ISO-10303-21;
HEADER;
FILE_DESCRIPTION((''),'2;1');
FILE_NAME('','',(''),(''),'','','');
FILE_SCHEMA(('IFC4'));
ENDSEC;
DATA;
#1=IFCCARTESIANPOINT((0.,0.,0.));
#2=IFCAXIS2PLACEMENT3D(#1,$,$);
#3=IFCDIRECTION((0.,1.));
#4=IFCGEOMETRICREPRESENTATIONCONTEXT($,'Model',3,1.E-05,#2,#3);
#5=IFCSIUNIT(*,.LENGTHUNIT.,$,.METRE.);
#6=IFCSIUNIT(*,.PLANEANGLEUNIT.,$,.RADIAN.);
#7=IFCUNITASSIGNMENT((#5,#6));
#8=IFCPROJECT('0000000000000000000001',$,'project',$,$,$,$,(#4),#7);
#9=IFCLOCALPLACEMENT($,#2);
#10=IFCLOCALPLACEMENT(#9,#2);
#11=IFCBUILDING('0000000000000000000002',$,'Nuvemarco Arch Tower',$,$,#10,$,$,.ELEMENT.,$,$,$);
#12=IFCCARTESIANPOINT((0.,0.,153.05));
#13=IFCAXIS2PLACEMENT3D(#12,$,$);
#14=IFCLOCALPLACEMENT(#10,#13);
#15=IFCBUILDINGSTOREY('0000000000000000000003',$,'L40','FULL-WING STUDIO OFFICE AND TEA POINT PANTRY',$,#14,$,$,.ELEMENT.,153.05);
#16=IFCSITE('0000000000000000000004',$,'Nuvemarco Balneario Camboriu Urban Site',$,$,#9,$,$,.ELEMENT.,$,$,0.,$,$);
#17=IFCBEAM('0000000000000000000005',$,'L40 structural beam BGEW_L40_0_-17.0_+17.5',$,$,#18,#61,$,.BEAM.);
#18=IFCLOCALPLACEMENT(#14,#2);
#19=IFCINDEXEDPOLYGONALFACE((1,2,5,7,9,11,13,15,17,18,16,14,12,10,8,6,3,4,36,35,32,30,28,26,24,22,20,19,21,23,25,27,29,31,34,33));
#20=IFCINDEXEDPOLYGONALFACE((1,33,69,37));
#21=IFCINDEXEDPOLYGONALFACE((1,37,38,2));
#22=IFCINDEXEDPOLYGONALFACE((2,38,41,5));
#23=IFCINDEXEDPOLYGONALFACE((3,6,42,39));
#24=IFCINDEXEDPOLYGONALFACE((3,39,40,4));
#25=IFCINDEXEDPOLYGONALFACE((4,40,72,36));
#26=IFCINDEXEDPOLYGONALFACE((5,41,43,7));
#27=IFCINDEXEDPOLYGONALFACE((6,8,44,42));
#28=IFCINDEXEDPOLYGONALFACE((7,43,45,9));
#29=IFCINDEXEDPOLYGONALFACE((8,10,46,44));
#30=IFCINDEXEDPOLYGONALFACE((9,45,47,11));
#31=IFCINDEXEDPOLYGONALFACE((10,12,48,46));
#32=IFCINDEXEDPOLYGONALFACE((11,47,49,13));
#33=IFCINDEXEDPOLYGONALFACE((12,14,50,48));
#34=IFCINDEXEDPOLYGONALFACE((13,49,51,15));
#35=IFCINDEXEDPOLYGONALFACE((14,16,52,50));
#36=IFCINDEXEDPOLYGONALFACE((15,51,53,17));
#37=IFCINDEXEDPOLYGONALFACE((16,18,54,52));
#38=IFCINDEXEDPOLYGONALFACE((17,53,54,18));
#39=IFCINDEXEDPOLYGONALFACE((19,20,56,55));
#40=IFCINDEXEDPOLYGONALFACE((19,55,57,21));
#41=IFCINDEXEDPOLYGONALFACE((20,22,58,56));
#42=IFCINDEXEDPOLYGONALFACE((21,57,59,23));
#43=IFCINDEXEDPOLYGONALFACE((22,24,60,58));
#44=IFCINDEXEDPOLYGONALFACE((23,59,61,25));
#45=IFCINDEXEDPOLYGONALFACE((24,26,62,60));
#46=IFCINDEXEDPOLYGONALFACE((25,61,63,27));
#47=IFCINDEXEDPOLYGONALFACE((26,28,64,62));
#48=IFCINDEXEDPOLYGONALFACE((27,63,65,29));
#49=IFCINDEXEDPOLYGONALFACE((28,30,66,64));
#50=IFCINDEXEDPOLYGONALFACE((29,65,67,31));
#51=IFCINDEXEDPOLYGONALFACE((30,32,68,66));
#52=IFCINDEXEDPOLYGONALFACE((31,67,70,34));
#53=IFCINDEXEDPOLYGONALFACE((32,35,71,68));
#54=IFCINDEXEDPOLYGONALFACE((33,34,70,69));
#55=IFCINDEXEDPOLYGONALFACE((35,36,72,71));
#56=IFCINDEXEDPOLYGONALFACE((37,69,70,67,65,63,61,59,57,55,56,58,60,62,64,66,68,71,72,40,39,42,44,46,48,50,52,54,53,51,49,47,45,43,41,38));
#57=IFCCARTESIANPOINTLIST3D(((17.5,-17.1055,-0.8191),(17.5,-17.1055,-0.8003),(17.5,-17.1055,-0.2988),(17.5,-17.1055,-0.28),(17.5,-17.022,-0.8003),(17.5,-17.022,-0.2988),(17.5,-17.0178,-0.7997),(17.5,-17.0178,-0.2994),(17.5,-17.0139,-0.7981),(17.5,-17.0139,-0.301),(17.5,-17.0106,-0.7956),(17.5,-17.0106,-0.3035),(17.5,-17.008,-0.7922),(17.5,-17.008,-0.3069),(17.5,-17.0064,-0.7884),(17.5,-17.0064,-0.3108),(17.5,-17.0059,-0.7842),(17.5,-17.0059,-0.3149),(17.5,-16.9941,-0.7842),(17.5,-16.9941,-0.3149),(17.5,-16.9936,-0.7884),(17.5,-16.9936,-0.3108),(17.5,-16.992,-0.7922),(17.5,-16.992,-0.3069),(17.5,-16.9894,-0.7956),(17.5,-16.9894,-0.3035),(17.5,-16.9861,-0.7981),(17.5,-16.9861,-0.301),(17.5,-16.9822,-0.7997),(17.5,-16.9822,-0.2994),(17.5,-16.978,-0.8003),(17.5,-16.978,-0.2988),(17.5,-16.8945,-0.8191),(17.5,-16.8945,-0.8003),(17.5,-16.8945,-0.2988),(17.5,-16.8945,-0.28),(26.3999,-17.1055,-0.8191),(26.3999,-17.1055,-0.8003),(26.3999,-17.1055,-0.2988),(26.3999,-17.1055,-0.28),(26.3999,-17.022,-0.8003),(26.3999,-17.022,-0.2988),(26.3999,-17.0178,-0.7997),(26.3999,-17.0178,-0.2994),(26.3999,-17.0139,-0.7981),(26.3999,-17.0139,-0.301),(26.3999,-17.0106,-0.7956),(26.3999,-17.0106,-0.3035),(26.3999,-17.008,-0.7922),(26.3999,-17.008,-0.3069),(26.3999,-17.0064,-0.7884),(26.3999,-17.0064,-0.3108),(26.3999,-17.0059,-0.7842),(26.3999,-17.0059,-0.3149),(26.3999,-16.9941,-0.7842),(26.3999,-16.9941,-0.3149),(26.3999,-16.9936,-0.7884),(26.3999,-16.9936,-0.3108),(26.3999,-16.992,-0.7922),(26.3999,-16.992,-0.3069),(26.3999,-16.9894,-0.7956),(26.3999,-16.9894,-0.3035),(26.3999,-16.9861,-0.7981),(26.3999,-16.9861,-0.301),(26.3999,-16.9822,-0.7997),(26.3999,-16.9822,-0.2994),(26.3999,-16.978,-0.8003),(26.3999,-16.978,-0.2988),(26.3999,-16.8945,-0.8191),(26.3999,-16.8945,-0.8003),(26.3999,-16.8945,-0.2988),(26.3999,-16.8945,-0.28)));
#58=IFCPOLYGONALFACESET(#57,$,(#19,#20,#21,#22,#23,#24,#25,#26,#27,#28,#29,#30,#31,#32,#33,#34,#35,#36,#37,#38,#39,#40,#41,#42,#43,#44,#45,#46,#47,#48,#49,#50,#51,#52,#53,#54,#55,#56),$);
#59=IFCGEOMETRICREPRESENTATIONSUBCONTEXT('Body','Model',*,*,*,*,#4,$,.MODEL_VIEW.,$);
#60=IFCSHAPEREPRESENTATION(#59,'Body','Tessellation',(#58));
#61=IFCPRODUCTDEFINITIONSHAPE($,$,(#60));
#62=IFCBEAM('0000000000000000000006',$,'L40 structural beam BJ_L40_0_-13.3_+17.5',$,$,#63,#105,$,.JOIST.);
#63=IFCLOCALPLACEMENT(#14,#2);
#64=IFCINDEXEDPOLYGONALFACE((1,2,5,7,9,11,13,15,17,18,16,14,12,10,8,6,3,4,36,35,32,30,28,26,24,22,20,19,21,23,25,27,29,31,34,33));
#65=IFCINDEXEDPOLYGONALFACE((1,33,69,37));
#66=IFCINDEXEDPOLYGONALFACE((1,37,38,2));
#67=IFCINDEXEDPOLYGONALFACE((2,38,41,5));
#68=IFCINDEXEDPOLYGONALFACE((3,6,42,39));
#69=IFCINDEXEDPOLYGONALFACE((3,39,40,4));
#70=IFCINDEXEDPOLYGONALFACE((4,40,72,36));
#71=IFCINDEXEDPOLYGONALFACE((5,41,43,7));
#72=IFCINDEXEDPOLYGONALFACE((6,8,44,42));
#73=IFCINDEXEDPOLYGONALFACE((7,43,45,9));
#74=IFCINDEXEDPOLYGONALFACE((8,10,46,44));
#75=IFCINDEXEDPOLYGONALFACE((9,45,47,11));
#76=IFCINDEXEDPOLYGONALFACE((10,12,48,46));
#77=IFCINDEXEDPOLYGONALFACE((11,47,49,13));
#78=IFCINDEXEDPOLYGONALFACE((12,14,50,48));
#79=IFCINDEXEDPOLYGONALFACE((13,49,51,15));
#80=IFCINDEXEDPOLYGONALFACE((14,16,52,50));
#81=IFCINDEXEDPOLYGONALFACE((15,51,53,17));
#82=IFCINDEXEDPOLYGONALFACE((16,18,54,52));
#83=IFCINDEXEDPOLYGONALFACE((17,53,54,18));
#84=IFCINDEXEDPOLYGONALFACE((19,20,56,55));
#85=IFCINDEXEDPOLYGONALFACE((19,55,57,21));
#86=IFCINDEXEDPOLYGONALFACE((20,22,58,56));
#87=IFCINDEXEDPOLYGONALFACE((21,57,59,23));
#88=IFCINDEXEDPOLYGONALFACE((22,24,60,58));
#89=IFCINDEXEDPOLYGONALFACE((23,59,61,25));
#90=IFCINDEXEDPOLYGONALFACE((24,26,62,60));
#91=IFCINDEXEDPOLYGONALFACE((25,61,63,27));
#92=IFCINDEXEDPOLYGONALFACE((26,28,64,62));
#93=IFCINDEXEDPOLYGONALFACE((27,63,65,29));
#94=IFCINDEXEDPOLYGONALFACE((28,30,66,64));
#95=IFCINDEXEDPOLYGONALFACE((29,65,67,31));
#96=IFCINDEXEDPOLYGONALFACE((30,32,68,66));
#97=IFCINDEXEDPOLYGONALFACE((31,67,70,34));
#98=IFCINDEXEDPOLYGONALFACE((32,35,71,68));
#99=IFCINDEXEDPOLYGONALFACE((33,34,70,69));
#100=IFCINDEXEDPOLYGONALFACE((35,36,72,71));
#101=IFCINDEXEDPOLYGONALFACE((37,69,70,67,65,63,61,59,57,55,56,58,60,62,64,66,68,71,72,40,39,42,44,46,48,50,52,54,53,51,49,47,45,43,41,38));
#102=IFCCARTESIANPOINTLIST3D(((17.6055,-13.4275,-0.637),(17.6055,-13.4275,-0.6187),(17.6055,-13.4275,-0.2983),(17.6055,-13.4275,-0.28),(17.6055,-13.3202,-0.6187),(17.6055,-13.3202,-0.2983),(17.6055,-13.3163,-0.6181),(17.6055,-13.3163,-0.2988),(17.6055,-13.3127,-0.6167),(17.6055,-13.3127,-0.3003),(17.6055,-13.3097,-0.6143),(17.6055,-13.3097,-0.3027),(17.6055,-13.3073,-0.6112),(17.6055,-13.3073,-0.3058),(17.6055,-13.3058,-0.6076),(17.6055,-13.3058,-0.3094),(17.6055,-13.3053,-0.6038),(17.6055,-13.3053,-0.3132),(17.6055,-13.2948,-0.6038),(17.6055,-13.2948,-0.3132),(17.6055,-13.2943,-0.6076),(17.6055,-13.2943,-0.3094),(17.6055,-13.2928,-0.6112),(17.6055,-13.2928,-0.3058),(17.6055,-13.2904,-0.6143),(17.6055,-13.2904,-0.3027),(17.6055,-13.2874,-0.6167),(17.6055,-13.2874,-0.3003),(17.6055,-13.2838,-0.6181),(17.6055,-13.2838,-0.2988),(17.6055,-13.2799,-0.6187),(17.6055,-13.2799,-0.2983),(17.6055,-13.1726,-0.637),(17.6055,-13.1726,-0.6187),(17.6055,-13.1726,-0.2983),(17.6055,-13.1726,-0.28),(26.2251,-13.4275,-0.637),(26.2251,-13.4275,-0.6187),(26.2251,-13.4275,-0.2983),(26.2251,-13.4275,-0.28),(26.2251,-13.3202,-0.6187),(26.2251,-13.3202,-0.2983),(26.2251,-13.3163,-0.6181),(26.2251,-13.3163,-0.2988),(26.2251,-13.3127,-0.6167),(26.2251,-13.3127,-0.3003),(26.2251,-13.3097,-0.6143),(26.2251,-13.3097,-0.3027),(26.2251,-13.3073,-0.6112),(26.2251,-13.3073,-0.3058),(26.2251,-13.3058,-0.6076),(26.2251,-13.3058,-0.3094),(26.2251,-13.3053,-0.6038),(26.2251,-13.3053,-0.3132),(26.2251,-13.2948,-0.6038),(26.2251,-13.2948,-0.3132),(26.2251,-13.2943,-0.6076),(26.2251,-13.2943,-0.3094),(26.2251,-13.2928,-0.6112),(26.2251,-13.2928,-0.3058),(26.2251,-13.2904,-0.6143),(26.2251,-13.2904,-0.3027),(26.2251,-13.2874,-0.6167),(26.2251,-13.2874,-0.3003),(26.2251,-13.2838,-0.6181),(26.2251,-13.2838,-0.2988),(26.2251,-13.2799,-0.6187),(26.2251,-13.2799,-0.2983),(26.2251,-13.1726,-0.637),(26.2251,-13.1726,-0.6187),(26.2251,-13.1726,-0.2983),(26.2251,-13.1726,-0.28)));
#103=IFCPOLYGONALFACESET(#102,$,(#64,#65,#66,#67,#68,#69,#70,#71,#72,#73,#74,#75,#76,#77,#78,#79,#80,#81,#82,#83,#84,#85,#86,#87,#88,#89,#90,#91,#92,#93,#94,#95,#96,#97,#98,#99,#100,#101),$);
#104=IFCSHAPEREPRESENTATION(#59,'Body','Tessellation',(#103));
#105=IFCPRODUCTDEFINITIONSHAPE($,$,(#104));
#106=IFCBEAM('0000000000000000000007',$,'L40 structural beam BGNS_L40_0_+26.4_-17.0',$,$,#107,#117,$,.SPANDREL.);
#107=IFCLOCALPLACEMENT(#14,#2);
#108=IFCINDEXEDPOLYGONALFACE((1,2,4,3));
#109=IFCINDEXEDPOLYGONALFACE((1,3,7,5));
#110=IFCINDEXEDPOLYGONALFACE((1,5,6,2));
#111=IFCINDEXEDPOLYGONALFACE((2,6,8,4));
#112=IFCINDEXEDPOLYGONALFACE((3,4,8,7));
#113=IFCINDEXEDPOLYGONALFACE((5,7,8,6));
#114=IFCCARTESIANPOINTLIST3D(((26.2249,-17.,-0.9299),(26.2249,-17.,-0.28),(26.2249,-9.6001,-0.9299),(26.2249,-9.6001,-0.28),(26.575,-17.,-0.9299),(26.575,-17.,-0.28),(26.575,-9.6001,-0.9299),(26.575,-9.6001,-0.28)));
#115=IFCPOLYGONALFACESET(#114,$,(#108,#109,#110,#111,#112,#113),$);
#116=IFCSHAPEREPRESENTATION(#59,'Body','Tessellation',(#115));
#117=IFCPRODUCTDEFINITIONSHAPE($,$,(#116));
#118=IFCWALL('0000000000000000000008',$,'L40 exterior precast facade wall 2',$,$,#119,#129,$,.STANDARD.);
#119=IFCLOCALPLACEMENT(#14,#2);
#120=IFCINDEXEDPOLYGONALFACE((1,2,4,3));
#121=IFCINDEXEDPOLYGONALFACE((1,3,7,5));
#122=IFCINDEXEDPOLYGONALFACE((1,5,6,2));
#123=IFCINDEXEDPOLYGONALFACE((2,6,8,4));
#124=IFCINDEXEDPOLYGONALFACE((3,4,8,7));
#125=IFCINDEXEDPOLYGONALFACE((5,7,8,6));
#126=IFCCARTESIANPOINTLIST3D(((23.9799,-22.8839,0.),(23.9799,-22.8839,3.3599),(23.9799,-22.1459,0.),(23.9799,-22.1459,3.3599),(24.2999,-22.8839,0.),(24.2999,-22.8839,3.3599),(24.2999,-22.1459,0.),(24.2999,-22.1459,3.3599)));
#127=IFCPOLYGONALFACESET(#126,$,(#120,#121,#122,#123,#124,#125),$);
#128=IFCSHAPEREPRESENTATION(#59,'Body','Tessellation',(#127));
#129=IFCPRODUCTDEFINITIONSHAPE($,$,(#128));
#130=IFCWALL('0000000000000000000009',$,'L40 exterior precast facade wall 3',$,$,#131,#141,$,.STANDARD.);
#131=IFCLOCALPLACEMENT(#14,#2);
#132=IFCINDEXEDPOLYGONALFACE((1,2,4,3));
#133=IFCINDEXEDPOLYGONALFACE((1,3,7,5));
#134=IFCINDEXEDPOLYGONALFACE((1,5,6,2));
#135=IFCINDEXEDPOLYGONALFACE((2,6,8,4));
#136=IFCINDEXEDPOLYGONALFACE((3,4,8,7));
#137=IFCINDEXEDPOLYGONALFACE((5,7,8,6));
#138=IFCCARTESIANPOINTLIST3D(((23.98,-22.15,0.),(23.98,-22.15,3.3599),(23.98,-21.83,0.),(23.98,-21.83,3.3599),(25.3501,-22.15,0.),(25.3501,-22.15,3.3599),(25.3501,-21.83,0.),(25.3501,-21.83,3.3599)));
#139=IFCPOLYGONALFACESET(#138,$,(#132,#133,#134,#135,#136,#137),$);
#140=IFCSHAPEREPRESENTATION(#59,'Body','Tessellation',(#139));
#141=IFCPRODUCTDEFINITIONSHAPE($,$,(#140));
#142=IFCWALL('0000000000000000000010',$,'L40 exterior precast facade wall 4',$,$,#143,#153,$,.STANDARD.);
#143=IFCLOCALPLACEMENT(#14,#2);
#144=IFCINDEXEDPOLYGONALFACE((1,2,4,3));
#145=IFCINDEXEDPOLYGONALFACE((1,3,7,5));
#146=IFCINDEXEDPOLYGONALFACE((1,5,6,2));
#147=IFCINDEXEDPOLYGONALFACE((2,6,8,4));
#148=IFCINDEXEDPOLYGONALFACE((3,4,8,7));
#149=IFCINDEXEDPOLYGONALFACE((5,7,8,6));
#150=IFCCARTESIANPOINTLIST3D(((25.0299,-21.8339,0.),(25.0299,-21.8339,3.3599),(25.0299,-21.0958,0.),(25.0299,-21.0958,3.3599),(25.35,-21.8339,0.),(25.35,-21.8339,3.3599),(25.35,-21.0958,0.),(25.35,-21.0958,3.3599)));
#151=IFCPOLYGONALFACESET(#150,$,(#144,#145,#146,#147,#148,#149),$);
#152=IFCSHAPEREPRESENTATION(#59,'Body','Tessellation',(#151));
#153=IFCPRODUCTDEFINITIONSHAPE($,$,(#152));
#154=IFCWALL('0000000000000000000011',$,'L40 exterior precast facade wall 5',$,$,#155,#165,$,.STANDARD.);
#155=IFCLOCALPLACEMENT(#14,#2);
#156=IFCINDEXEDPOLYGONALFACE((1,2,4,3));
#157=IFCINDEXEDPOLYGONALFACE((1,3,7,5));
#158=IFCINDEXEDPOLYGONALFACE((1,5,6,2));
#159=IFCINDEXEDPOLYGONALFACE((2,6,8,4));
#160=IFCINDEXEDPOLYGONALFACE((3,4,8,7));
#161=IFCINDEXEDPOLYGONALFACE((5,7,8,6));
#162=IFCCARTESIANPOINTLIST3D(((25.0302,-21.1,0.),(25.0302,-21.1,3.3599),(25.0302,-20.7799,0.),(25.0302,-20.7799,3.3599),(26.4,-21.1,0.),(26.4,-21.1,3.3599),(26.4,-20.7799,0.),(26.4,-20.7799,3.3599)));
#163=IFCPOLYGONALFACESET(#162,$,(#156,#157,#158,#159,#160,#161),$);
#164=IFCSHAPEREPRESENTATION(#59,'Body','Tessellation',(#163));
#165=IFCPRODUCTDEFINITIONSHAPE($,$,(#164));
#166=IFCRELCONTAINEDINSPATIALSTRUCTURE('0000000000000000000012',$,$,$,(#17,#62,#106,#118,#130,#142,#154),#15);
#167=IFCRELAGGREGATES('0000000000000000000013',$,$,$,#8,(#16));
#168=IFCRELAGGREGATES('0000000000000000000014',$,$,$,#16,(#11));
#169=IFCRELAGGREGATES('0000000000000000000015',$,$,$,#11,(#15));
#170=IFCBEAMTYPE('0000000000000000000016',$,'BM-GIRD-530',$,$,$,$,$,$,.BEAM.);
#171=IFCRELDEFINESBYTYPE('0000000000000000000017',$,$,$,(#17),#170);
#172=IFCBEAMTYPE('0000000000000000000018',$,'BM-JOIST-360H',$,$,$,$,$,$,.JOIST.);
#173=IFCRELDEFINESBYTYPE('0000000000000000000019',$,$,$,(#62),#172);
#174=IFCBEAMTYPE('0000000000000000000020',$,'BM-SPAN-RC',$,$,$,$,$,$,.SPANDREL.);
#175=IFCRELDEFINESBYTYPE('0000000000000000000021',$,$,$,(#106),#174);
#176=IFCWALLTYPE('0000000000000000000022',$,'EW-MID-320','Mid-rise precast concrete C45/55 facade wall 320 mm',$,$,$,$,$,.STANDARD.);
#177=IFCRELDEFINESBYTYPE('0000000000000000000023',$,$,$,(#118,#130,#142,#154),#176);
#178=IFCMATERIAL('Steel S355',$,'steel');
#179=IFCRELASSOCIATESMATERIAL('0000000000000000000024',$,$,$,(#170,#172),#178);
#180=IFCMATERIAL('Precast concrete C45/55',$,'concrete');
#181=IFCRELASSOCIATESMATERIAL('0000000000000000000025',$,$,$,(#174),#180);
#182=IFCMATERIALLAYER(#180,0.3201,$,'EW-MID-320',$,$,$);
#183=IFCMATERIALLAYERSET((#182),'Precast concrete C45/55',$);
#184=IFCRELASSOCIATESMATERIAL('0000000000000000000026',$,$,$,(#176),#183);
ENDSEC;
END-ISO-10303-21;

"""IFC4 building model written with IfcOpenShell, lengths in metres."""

from ifc_helpers import new_model, si_unit, direction, frame, frame_2d, origin, origin_2d, place, context, subcontext, project, spatial, rectangle, i_section, extrude, material, layer, layer_set, material_profile, profile_set, type_object, element, save


model = new_model("IFC4")

# Units and contexts
model_context = context("Model", 3, precision=1e-05, world=origin(), true_north=direction((0.0, 1.0)))
body_context = subcontext(model_context, "Body", "Model", "MODEL_VIEW")
ifc_project = project(units=[si_unit("LENGTHUNIT", "METRE"), si_unit("PLANEANGLEUNIT", "RADIAN")], contexts=[model_context])

# Site, building, storey
site_placement = place(None, origin())
site = spatial("IfcSite", under=ifc_project, at=site_placement, Name="Nuvemarco Balneario Camboriu Urban Site", CompositionType="ELEMENT", RefElevation=0.0)
building_placement = place(site_placement, origin())
building = spatial("IfcBuilding", under=site, at=building_placement, Name="Nuvemarco Arch Tower", CompositionType="ELEMENT")
storey_placement = place(building_placement, frame((0.0, 0.0, 153.05)))
storey = spatial("IfcBuildingStorey", under=building, at=storey_placement, Name="L40", Description="FULL-WING STUDIO OFFICE AND TEA POINT PANTRY", CompositionType="ELEMENT", Elevation=153.05)

# Shared definitions
ifc_material_1 = material(Name="Steel S355", Category="steel")

# Beams
ifc_material_profile_1 = material_profile(ifc_material_1, i_section(OverallWidth=0.2109, OverallDepth=0.5391, WebThickness=0.0117, FlangeThickness=0.0188, FilletRadius=0.0161, at=origin_2d()), Name="W530x109")
ifc_profile_set_1 = profile_set([ifc_material_profile_1], Name="Steel S355")
beam_type_1 = type_object("IfcBeamType", Name="BM-GIRD-530", PredefinedType="BEAM", material=ifc_profile_set_1)
beam_1_placement = place(storey_placement, frame((17.5, -17.0, -0.5496), z_axis=(1.0, 0.0, 0.0), x_axis=(0.0, 1.0, 0.0)))
element("IfcBeam", 1, at=beam_1_placement, inside=storey, type_object=beam_type_1, Name="L40 structural beam BGEW_L40_0_-17.0_+17.5", PredefinedType="BEAM", context=body_context, shape_type="SweptSolid", body=[
    extrude(i_section(OverallWidth=0.2109, OverallDepth=0.5391, WebThickness=0.0117, FlangeThickness=0.0188, FilletRadius=0.0161, at=origin_2d()), origin(), (0.0, 0.0, 1.0), 8.8999),
])
ifc_material_profile_2 = material_profile(ifc_material_1, i_section(OverallWidth=0.2549, OverallDepth=0.3569, WebThickness=0.0105, FlangeThickness=0.0183, FilletRadius=0.0149, at=origin_2d()), Name="W360x101")
ifc_profile_set_2 = profile_set([ifc_material_profile_2], Name="Steel S355")
beam_type_2 = type_object("IfcBeamType", Name="BM-JOIST-360H", PredefinedType="JOIST", material=ifc_profile_set_2)
beam_2_placement = place(storey_placement, frame((17.6055, -13.3, -0.4585), z_axis=(1.0, 0.0, 0.0), x_axis=(0.0, 1.0, 0.0)))
element("IfcBeam", 2, at=beam_2_placement, inside=storey, type_object=beam_type_2, Name="L40 structural beam BJ_L40_0_-13.3_+17.5", PredefinedType="JOIST", context=body_context, shape_type="SweptSolid", body=[
    extrude(i_section(OverallWidth=0.2549, OverallDepth=0.3569, WebThickness=0.0105, FlangeThickness=0.0183, FilletRadius=0.0149, at=origin_2d()), origin(), (0.0, 0.0, 1.0), 8.6196),
])
ifc_material_2 = material(Name="Precast concrete C45/55", Category="concrete")
ifc_material_profile_3 = material_profile(ifc_material_2, rectangle(XDim=0.3501, YDim=0.6499, at=origin_2d()), Name="PC-SP-350x650")
ifc_profile_set_3 = profile_set([ifc_material_profile_3], Name="Precast concrete C45/55")
beam_type_3 = type_object("IfcBeamType", Name="BM-SPAN-RC", PredefinedType="SPANDREL", material=ifc_profile_set_3)
beam_3_placement = place(storey_placement, frame((26.3999, -17.0, -0.605), z_axis=(0.0, 1.0, 0.0), x_axis=(-1.0, 0.0, 0.0)))
element("IfcBeam", 3, at=beam_3_placement, inside=storey, type_object=beam_type_3, Name="L40 structural beam BGNS_L40_0_+26.4_-17.0", PredefinedType="SPANDREL", context=body_context, shape_type="SweptSolid", body=[
    extrude(rectangle(XDim=0.3501, YDim=0.6499, at=origin_2d()), origin(), (0.0, 0.0, 1.0), 7.3999),
])

# Walls
ifc_layer_1 = layer(ifc_material_2, 0.3201, Name="EW-MID-320")
ifc_layer_set_1 = layer_set([ifc_layer_1], Name="Precast concrete C45/55")
wall_type_1 = type_object("IfcWallType", Name="EW-MID-320", Description="Mid-rise precast concrete C45/55 facade wall 320 mm", PredefinedType="STANDARD", material=ifc_layer_set_1)
wall_1_placement = place(storey_placement, frame((24.1399, -22.884, 0.0), z_axis=(0.0, 0.0, 1.0), x_axis=(0.0, 1.0, 0.0)))
element("IfcWall", 4, at=wall_1_placement, inside=storey, type_object=wall_type_1, Name="L40 exterior precast facade wall 2", PredefinedType="STANDARD", context=body_context, shape_type="SweptSolid", body=[
    extrude(rectangle(XDim=0.738, YDim=0.3201, at=frame_2d((0.3691, 0.0))), origin(), (0.0, 0.0, 1.0), 3.3599),
])
wall_2_placement = place(storey_placement, frame((23.98, -21.99, 0.0), z_axis=(0.0, 0.0, 1.0), x_axis=(1.0, 0.0, 0.0)))
element("IfcWall", 5, at=wall_2_placement, inside=storey, type_object=wall_type_1, Name="L40 exterior precast facade wall 3", PredefinedType="STANDARD", context=body_context, shape_type="SweptSolid", body=[
    extrude(rectangle(XDim=1.3701, YDim=0.3201, at=frame_2d((0.6851, 0.0))), origin(), (0.0, 0.0, 1.0), 3.3599),
])
wall_3_placement = place(storey_placement, frame((25.1899, -21.834, 0.0), z_axis=(0.0, 0.0, 1.0), x_axis=(0.0, 1.0, 0.0)))
element("IfcWall", 6, at=wall_3_placement, inside=storey, type_object=wall_type_1, Name="L40 exterior precast facade wall 4", PredefinedType="STANDARD", context=body_context, shape_type="SweptSolid", body=[
    extrude(rectangle(XDim=0.738, YDim=0.3201, at=frame_2d((0.3691, 0.0))), origin(), (0.0, 0.0, 1.0), 3.3599),
])
wall_4_placement = place(storey_placement, frame((25.03, -20.9399, 0.0), z_axis=(0.0, 0.0, 1.0), x_axis=(1.0, 0.0, 0.0)))
element("IfcWall", 7, at=wall_4_placement, inside=storey, type_object=wall_type_1, Name="L40 exterior precast facade wall 5", PredefinedType="STANDARD", context=body_context, shape_type="SweptSolid", body=[
    extrude(rectangle(XDim=1.3699, YDim=0.3201, at=frame_2d((0.6851, 0.0))), origin(), (0.0, 0.0, 1.0), 3.3599),
])

save(model, "model.ifc")
